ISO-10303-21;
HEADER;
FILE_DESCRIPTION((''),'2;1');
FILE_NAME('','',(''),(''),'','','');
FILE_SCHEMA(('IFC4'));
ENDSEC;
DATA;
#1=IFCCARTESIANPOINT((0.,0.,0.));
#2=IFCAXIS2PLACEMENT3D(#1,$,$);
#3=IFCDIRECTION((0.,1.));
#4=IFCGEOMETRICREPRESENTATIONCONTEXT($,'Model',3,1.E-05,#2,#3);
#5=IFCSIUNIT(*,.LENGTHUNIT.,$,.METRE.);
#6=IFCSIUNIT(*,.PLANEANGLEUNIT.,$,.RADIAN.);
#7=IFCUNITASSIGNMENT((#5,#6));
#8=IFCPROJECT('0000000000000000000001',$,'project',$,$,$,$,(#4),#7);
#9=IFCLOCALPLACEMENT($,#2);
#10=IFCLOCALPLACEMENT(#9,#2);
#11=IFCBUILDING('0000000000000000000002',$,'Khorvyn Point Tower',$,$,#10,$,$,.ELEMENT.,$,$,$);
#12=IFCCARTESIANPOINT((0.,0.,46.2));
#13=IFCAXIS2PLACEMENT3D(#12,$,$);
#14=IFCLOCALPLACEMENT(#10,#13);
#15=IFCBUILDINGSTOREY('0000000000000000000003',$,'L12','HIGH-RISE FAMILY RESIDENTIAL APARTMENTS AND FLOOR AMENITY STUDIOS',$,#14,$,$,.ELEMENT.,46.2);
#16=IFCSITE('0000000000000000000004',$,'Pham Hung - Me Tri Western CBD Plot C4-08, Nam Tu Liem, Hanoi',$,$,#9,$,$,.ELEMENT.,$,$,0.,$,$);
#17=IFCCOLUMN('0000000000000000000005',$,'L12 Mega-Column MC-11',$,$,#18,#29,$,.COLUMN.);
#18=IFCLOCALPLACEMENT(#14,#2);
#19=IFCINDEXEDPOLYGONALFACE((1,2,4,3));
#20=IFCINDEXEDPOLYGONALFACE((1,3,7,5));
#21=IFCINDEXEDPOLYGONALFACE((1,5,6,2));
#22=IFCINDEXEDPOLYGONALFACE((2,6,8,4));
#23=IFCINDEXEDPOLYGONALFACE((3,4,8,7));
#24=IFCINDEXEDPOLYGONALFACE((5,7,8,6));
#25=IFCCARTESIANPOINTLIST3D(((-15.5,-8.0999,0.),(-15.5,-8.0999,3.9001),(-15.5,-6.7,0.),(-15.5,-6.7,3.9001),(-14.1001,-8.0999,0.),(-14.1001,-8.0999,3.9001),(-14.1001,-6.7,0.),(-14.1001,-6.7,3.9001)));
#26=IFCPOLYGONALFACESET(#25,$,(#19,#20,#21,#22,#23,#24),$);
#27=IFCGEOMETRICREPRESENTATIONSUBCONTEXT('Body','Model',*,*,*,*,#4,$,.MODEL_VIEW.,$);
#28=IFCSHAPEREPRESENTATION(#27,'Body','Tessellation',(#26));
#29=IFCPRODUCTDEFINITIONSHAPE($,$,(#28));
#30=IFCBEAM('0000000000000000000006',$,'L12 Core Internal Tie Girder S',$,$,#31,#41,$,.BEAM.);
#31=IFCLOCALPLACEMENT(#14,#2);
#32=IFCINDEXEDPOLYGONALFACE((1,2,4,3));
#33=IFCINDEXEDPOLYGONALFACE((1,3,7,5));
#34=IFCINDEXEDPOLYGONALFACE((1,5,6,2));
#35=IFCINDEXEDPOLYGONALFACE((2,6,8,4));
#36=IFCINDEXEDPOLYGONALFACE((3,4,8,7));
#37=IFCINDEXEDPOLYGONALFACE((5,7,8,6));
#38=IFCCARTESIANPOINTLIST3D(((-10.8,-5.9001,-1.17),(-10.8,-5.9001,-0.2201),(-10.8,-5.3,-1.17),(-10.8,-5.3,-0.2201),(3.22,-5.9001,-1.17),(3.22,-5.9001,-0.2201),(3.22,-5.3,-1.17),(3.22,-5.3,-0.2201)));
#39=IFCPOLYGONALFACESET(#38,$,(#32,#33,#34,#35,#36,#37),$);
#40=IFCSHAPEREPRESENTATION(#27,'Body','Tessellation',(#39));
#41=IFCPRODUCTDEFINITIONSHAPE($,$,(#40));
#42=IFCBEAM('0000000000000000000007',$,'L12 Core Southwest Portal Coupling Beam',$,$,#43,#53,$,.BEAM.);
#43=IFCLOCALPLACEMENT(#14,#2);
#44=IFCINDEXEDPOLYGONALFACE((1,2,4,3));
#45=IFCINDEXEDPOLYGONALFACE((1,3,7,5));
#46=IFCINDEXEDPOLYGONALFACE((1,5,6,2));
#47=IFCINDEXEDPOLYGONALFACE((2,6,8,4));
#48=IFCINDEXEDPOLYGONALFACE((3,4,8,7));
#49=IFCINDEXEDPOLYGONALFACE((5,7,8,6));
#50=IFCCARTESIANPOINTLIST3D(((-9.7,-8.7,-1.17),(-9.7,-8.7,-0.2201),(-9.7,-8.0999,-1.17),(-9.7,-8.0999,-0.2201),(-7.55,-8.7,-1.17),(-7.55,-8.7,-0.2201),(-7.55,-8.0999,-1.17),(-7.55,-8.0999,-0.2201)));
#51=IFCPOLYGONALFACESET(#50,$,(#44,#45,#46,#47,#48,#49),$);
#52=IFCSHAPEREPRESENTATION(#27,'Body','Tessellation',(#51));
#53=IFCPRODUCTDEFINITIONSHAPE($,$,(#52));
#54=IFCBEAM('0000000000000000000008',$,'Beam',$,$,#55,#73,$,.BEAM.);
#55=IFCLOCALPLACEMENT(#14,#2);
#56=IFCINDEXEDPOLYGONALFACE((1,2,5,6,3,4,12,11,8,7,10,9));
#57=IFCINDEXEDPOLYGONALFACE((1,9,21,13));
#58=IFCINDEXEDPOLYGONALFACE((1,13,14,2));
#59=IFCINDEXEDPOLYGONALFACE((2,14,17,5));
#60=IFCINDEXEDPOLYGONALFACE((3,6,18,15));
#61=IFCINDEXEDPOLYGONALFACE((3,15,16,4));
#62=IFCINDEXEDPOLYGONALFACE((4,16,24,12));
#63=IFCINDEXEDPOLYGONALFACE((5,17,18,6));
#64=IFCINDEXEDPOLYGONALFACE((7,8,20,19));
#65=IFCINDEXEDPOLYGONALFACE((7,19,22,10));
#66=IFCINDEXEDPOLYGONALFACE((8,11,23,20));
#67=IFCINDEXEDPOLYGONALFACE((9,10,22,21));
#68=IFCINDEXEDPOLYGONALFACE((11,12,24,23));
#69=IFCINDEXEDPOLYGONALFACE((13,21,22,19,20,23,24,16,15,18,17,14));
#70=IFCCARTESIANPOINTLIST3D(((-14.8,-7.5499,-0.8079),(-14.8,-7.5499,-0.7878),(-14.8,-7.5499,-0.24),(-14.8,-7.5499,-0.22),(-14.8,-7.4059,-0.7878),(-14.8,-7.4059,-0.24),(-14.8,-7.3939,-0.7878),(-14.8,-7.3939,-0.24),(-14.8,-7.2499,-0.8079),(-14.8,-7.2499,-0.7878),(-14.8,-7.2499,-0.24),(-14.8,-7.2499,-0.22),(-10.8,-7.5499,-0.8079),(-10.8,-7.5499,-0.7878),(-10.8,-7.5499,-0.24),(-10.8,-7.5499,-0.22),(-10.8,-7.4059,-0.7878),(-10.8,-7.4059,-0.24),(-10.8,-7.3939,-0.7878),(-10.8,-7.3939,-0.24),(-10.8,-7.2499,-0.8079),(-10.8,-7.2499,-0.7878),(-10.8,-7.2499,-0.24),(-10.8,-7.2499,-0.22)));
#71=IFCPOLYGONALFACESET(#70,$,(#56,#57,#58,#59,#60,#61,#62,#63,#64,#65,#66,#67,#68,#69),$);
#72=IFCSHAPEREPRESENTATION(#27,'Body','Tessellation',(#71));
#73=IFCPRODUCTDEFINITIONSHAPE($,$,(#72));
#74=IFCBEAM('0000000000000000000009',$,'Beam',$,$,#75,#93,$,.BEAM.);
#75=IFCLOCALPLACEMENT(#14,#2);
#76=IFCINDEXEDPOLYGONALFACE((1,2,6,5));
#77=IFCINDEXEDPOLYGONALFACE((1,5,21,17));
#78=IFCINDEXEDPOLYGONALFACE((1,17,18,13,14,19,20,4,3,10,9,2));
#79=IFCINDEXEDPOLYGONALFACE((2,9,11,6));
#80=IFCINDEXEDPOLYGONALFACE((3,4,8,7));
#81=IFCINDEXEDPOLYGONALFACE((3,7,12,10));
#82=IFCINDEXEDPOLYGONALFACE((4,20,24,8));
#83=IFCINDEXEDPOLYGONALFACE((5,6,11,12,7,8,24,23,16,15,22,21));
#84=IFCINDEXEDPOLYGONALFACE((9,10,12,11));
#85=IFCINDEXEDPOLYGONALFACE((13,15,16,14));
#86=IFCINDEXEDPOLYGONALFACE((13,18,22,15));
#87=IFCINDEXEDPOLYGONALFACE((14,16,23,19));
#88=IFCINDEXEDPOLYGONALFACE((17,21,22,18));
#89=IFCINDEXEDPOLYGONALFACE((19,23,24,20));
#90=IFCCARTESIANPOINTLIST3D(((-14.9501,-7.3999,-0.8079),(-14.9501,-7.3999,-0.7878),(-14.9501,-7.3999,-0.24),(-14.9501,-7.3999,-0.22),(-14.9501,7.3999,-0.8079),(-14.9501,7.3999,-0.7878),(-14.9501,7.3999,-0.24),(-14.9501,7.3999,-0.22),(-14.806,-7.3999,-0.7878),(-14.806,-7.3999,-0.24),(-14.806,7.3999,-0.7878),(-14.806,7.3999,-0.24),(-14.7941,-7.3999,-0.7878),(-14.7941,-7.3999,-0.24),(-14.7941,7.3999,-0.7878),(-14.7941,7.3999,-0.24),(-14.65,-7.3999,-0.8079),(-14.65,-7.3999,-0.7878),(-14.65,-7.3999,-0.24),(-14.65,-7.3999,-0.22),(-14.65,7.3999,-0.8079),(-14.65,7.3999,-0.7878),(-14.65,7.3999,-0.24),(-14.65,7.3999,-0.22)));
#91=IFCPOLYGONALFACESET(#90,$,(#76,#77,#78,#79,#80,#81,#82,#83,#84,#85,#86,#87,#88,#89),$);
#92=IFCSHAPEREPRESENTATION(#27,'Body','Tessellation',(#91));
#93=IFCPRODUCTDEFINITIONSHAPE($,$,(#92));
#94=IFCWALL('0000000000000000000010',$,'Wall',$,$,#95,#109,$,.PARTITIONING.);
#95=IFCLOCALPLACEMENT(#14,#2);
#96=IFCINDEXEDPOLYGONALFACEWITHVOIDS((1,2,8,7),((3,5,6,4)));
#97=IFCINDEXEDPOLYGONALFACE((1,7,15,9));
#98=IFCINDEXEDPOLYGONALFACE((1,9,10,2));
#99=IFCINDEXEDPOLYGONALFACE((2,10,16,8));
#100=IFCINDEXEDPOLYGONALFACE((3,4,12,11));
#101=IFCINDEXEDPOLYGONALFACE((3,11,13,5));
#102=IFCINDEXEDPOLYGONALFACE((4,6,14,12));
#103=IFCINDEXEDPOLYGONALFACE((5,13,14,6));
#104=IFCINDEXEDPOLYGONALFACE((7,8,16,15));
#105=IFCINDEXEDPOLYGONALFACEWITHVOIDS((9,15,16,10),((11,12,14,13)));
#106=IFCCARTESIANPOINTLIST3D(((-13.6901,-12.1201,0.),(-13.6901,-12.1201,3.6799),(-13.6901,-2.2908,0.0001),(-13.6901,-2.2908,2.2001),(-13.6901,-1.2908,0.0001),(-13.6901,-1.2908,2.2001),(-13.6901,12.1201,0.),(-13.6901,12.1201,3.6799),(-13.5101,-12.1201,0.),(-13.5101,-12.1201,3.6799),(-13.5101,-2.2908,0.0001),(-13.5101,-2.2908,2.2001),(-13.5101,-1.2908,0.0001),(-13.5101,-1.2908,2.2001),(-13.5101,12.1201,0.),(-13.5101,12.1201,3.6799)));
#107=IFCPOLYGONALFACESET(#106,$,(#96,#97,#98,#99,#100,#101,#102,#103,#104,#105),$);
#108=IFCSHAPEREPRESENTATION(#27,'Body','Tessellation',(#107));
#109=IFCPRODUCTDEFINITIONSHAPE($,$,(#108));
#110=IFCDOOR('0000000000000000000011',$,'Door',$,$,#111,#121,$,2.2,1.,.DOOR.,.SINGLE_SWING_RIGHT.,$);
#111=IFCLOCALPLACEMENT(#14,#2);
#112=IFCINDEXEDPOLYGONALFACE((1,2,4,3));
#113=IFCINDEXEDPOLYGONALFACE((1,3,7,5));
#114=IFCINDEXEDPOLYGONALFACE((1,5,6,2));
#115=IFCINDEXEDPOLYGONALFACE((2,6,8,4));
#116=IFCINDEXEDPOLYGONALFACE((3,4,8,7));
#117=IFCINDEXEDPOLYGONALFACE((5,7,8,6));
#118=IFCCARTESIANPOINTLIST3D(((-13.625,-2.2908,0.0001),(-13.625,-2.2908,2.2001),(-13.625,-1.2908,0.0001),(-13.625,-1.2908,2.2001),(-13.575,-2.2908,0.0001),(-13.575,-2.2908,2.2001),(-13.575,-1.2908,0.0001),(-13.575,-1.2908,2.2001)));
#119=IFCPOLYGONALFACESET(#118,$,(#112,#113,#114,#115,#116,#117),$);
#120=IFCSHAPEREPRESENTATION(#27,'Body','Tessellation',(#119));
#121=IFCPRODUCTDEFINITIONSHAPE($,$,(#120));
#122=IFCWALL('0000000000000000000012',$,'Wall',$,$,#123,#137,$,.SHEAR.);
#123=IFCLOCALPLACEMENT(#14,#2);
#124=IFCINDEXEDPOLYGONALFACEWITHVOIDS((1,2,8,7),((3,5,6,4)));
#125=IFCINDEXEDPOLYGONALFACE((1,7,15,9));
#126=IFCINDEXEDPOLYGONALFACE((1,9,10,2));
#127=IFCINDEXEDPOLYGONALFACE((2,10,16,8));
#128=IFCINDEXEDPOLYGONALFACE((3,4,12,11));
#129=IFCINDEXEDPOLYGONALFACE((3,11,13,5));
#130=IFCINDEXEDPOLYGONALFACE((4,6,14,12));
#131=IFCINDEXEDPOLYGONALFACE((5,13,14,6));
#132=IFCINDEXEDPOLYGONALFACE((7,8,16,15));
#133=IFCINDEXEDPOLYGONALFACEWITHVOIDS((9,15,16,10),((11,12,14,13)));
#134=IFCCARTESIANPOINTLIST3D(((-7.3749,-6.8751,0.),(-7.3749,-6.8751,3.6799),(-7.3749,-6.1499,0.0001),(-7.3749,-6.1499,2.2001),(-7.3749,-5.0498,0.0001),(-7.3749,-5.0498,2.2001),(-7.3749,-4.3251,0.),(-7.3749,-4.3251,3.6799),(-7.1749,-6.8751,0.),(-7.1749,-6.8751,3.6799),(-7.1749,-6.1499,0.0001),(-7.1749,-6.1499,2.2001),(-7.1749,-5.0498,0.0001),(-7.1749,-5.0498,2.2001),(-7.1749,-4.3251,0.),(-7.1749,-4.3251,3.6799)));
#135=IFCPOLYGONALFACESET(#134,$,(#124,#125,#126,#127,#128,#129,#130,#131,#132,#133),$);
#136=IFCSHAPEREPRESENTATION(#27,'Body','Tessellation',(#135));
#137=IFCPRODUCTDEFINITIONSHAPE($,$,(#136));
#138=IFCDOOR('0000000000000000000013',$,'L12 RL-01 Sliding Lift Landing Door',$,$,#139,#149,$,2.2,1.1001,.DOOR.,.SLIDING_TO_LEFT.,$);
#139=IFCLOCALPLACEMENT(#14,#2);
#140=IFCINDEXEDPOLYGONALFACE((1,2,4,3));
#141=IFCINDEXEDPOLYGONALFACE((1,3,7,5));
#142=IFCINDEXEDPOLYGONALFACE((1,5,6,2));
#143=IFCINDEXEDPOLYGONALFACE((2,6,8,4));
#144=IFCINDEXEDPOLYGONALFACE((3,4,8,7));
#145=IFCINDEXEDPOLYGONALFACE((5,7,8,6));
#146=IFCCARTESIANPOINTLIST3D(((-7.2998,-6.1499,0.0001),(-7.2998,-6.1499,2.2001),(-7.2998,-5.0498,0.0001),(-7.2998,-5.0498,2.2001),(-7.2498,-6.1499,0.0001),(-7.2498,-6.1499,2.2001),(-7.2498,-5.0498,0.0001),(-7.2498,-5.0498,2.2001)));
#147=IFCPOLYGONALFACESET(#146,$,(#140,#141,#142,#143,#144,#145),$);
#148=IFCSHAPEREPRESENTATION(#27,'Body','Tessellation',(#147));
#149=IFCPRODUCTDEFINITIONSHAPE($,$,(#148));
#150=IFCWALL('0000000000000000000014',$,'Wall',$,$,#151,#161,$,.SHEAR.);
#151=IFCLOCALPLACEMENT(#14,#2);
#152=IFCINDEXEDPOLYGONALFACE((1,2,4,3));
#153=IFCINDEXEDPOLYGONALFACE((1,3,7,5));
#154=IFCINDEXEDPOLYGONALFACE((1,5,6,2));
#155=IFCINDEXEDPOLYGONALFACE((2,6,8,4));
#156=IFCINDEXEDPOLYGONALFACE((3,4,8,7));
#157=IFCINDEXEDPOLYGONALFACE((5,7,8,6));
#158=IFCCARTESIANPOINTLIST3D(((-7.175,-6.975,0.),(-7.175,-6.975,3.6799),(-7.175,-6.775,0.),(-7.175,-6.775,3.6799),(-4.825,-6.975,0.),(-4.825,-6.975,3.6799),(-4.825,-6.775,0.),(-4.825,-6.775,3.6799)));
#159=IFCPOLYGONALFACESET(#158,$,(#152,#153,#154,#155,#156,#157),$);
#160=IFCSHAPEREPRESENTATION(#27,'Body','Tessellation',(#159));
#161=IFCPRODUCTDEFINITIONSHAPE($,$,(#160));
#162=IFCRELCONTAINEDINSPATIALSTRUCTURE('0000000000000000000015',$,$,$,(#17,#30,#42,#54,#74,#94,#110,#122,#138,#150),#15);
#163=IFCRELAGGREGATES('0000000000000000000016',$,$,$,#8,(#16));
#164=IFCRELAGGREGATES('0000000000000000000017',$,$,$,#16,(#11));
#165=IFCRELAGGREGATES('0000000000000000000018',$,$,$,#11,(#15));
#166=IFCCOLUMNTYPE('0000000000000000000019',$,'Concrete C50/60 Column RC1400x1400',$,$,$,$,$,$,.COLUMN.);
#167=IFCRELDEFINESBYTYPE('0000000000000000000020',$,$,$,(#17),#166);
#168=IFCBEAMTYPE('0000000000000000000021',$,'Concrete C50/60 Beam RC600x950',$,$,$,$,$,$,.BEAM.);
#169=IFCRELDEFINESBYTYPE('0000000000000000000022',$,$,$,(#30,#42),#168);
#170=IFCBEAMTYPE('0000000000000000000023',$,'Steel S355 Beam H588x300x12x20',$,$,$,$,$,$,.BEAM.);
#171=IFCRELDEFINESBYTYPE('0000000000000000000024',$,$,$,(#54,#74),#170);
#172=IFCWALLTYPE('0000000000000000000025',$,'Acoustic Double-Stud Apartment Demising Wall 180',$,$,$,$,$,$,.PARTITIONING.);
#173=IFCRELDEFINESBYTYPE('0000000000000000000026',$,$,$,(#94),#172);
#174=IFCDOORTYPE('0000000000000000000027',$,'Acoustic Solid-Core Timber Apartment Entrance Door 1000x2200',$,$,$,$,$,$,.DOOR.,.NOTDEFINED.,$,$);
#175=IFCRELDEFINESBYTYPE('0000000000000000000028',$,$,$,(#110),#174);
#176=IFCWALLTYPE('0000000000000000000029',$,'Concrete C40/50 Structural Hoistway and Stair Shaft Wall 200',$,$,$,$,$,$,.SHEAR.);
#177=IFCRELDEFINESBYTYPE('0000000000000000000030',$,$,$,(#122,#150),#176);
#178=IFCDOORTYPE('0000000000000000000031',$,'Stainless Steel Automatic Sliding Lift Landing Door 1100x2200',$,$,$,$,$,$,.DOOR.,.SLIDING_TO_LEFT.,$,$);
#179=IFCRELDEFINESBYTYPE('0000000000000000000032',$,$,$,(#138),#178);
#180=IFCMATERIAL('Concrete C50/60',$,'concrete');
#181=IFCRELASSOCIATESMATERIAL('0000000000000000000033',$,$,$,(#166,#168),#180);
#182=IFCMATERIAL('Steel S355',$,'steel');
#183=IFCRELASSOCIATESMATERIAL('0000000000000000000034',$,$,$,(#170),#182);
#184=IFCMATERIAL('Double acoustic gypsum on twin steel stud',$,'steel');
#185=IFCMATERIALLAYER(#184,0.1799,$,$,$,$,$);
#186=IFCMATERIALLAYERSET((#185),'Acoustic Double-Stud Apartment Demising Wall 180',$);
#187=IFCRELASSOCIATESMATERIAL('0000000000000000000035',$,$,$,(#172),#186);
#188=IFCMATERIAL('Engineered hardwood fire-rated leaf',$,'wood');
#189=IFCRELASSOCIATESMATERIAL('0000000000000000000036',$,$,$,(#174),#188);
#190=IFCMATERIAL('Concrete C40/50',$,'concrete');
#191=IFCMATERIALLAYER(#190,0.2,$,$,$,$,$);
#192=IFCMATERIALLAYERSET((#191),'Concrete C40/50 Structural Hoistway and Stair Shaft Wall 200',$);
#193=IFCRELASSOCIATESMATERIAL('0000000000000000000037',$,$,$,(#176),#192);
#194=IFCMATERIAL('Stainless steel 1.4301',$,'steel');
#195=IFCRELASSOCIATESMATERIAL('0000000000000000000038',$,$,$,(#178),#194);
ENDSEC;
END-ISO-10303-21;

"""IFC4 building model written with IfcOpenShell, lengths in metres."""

from ifc_helpers import new_model, si_unit, direction, frame, frame_2d, origin, origin_2d, place, context, subcontext, project, spatial, rectangle, i_section, extrude, material, layer, layer_set, material_profile, profile_set, type_object, element, fill, save


model = new_model("IFC4")

# Units and contexts
model_context = context("Model", 3, precision=1e-05, world=origin(), true_north=direction((0.0, 1.0)))
body_context = subcontext(model_context, "Body", "Model", "MODEL_VIEW")
ifc_project = project(units=[si_unit("LENGTHUNIT", "METRE"), si_unit("PLANEANGLEUNIT", "RADIAN")], contexts=[model_context])

# Site, building, storey
site_placement = place(None, origin())
site = spatial("IfcSite", under=ifc_project, at=site_placement, Name="Pham Hung - Me Tri Western CBD Plot C4-08, Nam Tu Liem, Hanoi", CompositionType="ELEMENT", RefElevation=0.0)
building_placement = place(site_placement, origin())
building = spatial("IfcBuilding", under=site, at=building_placement, Name="Khorvyn Point Tower", CompositionType="ELEMENT")
storey_placement = place(building_placement, frame((0.0, 0.0, 46.2)))
storey = spatial("IfcBuildingStorey", under=building, at=storey_placement, Name="L12", Description="HIGH-RISE FAMILY RESIDENTIAL APARTMENTS AND FLOOR AMENITY STUDIOS", CompositionType="ELEMENT", Elevation=46.2)

# Column
ifc_material_1 = material(Name="Concrete C50/60", Category="concrete")
ifc_material_profile_1 = material_profile(ifc_material_1, rectangle(XDim=1.3999, YDim=1.3999, at=origin_2d()))
ifc_profile_set_1 = profile_set([ifc_material_profile_1], Name="Concrete C50/60 RC1400x1400")
column_type = type_object("IfcColumnType", Name="Concrete C50/60 Column RC1400x1400", PredefinedType="COLUMN", material=ifc_profile_set_1)
column_placement = place(storey_placement, frame((-14.8, -7.3999, 0.0), z_axis=(0.0, 0.0, 1.0), x_axis=(1.0, 0.0, 0.0)))
element("IfcColumn", 1, at=column_placement, inside=storey, type_object=column_type, Name="L12 Mega-Column MC-11", PredefinedType="COLUMN", context=body_context, shape_type="SweptSolid", body=[
    extrude(rectangle(XDim=1.3999, YDim=1.3999, at=origin_2d()), origin(), (0.0, 0.0, 1.0), 3.9001),
])

# Beams
ifc_material_profile_2 = material_profile(ifc_material_1, rectangle(XDim=0.6001, YDim=0.95, at=origin_2d()))
ifc_profile_set_2 = profile_set([ifc_material_profile_2], Name="Concrete C50/60 RC600x950")
beam_type_1 = type_object("IfcBeamType", Name="Concrete C50/60 Beam RC600x950", PredefinedType="BEAM", material=ifc_profile_set_2)
beam_1_placement = place(storey_placement, frame((-10.8, -5.6001, -0.6951), z_axis=(1.0, 0.0, 0.0), x_axis=(0.0, 1.0, 0.0)))
element("IfcBeam", 2, at=beam_1_placement, inside=storey, type_object=beam_type_1, Name="L12 Core Internal Tie Girder S", PredefinedType="BEAM", context=body_context, shape_type="SweptSolid", body=[
    extrude(rectangle(XDim=0.6001, YDim=0.95, at=origin_2d()), origin(), (0.0, 0.0, 1.0), 14.02),
])
beam_2_placement = place(storey_placement, frame((-9.7, -8.3999, -0.6951), z_axis=(1.0, 0.0, 0.0), x_axis=(0.0, 1.0, 0.0)))
element("IfcBeam", 3, at=beam_2_placement, inside=storey, type_object=beam_type_1, Name="L12 Core Southwest Portal Coupling Beam", PredefinedType="BEAM", context=body_context, shape_type="SweptSolid", body=[
    extrude(rectangle(XDim=0.6001, YDim=0.95, at=origin_2d()), origin(), (0.0, 0.0, 1.0), 2.1499),
])
ifc_material_2 = material(Name="Steel S355", Category="steel")
ifc_material_profile_3 = material_profile(ifc_material_2, i_section(OverallWidth=0.3, OverallDepth=0.5879, WebThickness=0.012, FlangeThickness=0.02, at=origin_2d()))
ifc_profile_set_3 = profile_set([ifc_material_profile_3], Name="Steel S355 H588x300x12x20")
beam_type_2 = type_object("IfcBeamType", Name="Steel S355 Beam H588x300x12x20", PredefinedType="BEAM", material=ifc_profile_set_3)
beam_3_placement = place(storey_placement, frame((-14.8, -7.3999, -0.5139), z_axis=(1.0, 0.0, 0.0), x_axis=(0.0, 1.0, 0.0)))
element("IfcBeam", 4, at=beam_3_placement, inside=storey, type_object=beam_type_2, Name="Beam", PredefinedType="BEAM", context=body_context, shape_type="SweptSolid", body=[
    extrude(i_section(OverallWidth=0.3, OverallDepth=0.5879, WebThickness=0.012, FlangeThickness=0.02, at=origin_2d()), origin(), (0.0, 0.0, 1.0), 4.0),
])
beam_4_placement = place(storey_placement, frame((-14.8, -7.3999, -0.5139), z_axis=(0.0, 1.0, 0.0), x_axis=(-1.0, 0.0, 0.0)))
element("IfcBeam", 5, at=beam_4_placement, inside=storey, type_object=beam_type_2, Name="Beam", PredefinedType="BEAM", context=body_context, shape_type="SweptSolid", body=[
    extrude(i_section(OverallWidth=0.3, OverallDepth=0.5879, WebThickness=0.012, FlangeThickness=0.02, at=origin_2d()), origin(), (0.0, 0.0, 1.0), 14.7998),
])

# Walls, openings, doors
ifc_material_3 = material(Name="Double acoustic gypsum on twin steel stud", Category="steel")
ifc_layer_1 = layer(ifc_material_3, 0.1799)
ifc_layer_set_1 = layer_set([ifc_layer_1], Name="Acoustic Double-Stud Apartment Demising Wall 180")
wall_type_1 = type_object("IfcWallType", Name="Acoustic Double-Stud Apartment Demising Wall 180", PredefinedType="PARTITIONING", material=ifc_layer_set_1)
wall_1_placement = place(storey_placement, frame((-13.6001, -12.1201, 0.0), z_axis=(0.0, 0.0, 1.0), x_axis=(0.0, 1.0, 0.0)))
wall_1 = element("IfcWall", 6, at=wall_1_placement, inside=storey, type_object=wall_type_1, Name="Wall", PredefinedType="PARTITIONING", context=body_context, shape_type="SweptSolid", body=[
    extrude(rectangle(XDim=24.2402, YDim=0.1799, at=frame_2d((12.1201, 0.0))), origin(), (0.0, 0.0, 1.0), 3.6799),
])
opening_1_placement = place(wall_1_placement, frame((9.8293, 0.0, 0.0)))
opening_1 = element("IfcOpeningElement", 7, at=opening_1_placement, cuts=wall_1, PredefinedType="OPENING", context=body_context, shape_type="SweptSolid", body=[
    extrude(rectangle(XDim=1.0, YDim=2.2, at=frame_2d((0.5, 1.1001))), frame((0.0, 0.0999, 0.0), z_axis=(0.0, -1.0, 0.0), x_axis=(1.0, 0.0, 0.0)), (0.0, 0.0, 1.0), 0.2),
])
ifc_material_4 = material(Name="Engineered hardwood fire-rated leaf", Category="wood")
door_type_1 = type_object("IfcDoorType", Name="Acoustic Solid-Core Timber Apartment Entrance Door 1000x2200", OperationType="NOTDEFINED", PredefinedType="DOOR", material=ifc_material_4)
door_1_placement = place(opening_1_placement, origin())
door_1 = element("IfcDoor", 8, at=door_1_placement, inside=storey, type_object=door_type_1, Name="Door", OperationType="SINGLE_SWING_RIGHT", OverallHeight=2.2, OverallWidth=1.0, PredefinedType="DOOR", context=body_context, shape_type="SweptSolid", body=[
    extrude(rectangle(XDim=1.0, YDim=2.2, at=frame_2d((0.5, 1.1001))), frame((0.0, 0.0249, 0.0), z_axis=(0.0, -1.0, 0.0), x_axis=(1.0, 0.0, 0.0)), (0.0, 0.0, 1.0), 0.05),
])
fill(opening_1, door_1)
ifc_material_5 = material(Name="Concrete C40/50", Category="concrete")
ifc_layer_2 = layer(ifc_material_5, 0.2)
ifc_layer_set_2 = layer_set([ifc_layer_2], Name="Concrete C40/50 Structural Hoistway and Stair Shaft Wall 200")
wall_type_2 = type_object("IfcWallType", Name="Concrete C40/50 Structural Hoistway and Stair Shaft Wall 200", PredefinedType="SHEAR", material=ifc_layer_set_2)
wall_2_placement = place(storey_placement, frame((-7.2749, -6.875, 0.0), z_axis=(0.0, 0.0, 1.0), x_axis=(0.0, 1.0, 0.0)))
wall_2 = element("IfcWall", 9, at=wall_2_placement, inside=storey, type_object=wall_type_2, Name="Wall", PredefinedType="SHEAR", context=body_context, shape_type="SweptSolid", body=[
    extrude(rectangle(XDim=2.55, YDim=0.2, at=frame_2d((1.2749, 0.0))), origin(), (0.0, 0.0, 1.0), 3.6799),
])
opening_2_placement = place(wall_2_placement, frame((0.7251, 0.0, 0.0)))
opening_2 = element("IfcOpeningElement", 10, at=opening_2_placement, cuts=wall_2, PredefinedType="OPENING", context=body_context, shape_type="SweptSolid", body=[
    extrude(rectangle(XDim=1.1001, YDim=2.2, at=frame_2d((0.55, 1.1001))), frame((0.0, 0.1099, 0.0), z_axis=(0.0, -1.0, 0.0), x_axis=(1.0, 0.0, 0.0)), (0.0, 0.0, 1.0), 0.22),
])
ifc_material_6 = material(Name="Stainless steel 1.4301", Category="steel")
door_type_2 = type_object("IfcDoorType", Name="Stainless Steel Automatic Sliding Lift Landing Door 1100x2200", OperationType="SLIDING_TO_LEFT", PredefinedType="DOOR", material=ifc_material_6)
door_2_placement = place(opening_2_placement, origin())
door_2 = element("IfcDoor", 11, at=door_2_placement, inside=storey, type_object=door_type_2, Name="L12 RL-01 Sliding Lift Landing Door", OperationType="SLIDING_TO_LEFT", OverallHeight=2.2, OverallWidth=1.1001, PredefinedType="DOOR", context=body_context, shape_type="SweptSolid", body=[
    extrude(rectangle(XDim=1.1001, YDim=2.2, at=frame_2d((0.55, 1.1001))), frame((0.0, 0.0249, 0.0), z_axis=(0.0, -1.0, 0.0), x_axis=(1.0, 0.0, 0.0)), (0.0, 0.0, 1.0), 0.05),
])
fill(opening_2, door_2)

# Wall
wall_3_placement = place(storey_placement, frame((-7.175, -6.875, 0.0), z_axis=(0.0, 0.0, 1.0), x_axis=(1.0, 0.0, 0.0)))
element("IfcWall", 12, at=wall_3_placement, inside=storey, type_object=wall_type_2, Name="Wall", PredefinedType="SHEAR", context=body_context, shape_type="SweptSolid", body=[
    extrude(rectangle(XDim=2.3501, YDim=0.2, at=frame_2d((1.175, 0.0))), origin(), (0.0, 0.0, 1.0), 3.6799),
])

save(model, "model.ifc")
